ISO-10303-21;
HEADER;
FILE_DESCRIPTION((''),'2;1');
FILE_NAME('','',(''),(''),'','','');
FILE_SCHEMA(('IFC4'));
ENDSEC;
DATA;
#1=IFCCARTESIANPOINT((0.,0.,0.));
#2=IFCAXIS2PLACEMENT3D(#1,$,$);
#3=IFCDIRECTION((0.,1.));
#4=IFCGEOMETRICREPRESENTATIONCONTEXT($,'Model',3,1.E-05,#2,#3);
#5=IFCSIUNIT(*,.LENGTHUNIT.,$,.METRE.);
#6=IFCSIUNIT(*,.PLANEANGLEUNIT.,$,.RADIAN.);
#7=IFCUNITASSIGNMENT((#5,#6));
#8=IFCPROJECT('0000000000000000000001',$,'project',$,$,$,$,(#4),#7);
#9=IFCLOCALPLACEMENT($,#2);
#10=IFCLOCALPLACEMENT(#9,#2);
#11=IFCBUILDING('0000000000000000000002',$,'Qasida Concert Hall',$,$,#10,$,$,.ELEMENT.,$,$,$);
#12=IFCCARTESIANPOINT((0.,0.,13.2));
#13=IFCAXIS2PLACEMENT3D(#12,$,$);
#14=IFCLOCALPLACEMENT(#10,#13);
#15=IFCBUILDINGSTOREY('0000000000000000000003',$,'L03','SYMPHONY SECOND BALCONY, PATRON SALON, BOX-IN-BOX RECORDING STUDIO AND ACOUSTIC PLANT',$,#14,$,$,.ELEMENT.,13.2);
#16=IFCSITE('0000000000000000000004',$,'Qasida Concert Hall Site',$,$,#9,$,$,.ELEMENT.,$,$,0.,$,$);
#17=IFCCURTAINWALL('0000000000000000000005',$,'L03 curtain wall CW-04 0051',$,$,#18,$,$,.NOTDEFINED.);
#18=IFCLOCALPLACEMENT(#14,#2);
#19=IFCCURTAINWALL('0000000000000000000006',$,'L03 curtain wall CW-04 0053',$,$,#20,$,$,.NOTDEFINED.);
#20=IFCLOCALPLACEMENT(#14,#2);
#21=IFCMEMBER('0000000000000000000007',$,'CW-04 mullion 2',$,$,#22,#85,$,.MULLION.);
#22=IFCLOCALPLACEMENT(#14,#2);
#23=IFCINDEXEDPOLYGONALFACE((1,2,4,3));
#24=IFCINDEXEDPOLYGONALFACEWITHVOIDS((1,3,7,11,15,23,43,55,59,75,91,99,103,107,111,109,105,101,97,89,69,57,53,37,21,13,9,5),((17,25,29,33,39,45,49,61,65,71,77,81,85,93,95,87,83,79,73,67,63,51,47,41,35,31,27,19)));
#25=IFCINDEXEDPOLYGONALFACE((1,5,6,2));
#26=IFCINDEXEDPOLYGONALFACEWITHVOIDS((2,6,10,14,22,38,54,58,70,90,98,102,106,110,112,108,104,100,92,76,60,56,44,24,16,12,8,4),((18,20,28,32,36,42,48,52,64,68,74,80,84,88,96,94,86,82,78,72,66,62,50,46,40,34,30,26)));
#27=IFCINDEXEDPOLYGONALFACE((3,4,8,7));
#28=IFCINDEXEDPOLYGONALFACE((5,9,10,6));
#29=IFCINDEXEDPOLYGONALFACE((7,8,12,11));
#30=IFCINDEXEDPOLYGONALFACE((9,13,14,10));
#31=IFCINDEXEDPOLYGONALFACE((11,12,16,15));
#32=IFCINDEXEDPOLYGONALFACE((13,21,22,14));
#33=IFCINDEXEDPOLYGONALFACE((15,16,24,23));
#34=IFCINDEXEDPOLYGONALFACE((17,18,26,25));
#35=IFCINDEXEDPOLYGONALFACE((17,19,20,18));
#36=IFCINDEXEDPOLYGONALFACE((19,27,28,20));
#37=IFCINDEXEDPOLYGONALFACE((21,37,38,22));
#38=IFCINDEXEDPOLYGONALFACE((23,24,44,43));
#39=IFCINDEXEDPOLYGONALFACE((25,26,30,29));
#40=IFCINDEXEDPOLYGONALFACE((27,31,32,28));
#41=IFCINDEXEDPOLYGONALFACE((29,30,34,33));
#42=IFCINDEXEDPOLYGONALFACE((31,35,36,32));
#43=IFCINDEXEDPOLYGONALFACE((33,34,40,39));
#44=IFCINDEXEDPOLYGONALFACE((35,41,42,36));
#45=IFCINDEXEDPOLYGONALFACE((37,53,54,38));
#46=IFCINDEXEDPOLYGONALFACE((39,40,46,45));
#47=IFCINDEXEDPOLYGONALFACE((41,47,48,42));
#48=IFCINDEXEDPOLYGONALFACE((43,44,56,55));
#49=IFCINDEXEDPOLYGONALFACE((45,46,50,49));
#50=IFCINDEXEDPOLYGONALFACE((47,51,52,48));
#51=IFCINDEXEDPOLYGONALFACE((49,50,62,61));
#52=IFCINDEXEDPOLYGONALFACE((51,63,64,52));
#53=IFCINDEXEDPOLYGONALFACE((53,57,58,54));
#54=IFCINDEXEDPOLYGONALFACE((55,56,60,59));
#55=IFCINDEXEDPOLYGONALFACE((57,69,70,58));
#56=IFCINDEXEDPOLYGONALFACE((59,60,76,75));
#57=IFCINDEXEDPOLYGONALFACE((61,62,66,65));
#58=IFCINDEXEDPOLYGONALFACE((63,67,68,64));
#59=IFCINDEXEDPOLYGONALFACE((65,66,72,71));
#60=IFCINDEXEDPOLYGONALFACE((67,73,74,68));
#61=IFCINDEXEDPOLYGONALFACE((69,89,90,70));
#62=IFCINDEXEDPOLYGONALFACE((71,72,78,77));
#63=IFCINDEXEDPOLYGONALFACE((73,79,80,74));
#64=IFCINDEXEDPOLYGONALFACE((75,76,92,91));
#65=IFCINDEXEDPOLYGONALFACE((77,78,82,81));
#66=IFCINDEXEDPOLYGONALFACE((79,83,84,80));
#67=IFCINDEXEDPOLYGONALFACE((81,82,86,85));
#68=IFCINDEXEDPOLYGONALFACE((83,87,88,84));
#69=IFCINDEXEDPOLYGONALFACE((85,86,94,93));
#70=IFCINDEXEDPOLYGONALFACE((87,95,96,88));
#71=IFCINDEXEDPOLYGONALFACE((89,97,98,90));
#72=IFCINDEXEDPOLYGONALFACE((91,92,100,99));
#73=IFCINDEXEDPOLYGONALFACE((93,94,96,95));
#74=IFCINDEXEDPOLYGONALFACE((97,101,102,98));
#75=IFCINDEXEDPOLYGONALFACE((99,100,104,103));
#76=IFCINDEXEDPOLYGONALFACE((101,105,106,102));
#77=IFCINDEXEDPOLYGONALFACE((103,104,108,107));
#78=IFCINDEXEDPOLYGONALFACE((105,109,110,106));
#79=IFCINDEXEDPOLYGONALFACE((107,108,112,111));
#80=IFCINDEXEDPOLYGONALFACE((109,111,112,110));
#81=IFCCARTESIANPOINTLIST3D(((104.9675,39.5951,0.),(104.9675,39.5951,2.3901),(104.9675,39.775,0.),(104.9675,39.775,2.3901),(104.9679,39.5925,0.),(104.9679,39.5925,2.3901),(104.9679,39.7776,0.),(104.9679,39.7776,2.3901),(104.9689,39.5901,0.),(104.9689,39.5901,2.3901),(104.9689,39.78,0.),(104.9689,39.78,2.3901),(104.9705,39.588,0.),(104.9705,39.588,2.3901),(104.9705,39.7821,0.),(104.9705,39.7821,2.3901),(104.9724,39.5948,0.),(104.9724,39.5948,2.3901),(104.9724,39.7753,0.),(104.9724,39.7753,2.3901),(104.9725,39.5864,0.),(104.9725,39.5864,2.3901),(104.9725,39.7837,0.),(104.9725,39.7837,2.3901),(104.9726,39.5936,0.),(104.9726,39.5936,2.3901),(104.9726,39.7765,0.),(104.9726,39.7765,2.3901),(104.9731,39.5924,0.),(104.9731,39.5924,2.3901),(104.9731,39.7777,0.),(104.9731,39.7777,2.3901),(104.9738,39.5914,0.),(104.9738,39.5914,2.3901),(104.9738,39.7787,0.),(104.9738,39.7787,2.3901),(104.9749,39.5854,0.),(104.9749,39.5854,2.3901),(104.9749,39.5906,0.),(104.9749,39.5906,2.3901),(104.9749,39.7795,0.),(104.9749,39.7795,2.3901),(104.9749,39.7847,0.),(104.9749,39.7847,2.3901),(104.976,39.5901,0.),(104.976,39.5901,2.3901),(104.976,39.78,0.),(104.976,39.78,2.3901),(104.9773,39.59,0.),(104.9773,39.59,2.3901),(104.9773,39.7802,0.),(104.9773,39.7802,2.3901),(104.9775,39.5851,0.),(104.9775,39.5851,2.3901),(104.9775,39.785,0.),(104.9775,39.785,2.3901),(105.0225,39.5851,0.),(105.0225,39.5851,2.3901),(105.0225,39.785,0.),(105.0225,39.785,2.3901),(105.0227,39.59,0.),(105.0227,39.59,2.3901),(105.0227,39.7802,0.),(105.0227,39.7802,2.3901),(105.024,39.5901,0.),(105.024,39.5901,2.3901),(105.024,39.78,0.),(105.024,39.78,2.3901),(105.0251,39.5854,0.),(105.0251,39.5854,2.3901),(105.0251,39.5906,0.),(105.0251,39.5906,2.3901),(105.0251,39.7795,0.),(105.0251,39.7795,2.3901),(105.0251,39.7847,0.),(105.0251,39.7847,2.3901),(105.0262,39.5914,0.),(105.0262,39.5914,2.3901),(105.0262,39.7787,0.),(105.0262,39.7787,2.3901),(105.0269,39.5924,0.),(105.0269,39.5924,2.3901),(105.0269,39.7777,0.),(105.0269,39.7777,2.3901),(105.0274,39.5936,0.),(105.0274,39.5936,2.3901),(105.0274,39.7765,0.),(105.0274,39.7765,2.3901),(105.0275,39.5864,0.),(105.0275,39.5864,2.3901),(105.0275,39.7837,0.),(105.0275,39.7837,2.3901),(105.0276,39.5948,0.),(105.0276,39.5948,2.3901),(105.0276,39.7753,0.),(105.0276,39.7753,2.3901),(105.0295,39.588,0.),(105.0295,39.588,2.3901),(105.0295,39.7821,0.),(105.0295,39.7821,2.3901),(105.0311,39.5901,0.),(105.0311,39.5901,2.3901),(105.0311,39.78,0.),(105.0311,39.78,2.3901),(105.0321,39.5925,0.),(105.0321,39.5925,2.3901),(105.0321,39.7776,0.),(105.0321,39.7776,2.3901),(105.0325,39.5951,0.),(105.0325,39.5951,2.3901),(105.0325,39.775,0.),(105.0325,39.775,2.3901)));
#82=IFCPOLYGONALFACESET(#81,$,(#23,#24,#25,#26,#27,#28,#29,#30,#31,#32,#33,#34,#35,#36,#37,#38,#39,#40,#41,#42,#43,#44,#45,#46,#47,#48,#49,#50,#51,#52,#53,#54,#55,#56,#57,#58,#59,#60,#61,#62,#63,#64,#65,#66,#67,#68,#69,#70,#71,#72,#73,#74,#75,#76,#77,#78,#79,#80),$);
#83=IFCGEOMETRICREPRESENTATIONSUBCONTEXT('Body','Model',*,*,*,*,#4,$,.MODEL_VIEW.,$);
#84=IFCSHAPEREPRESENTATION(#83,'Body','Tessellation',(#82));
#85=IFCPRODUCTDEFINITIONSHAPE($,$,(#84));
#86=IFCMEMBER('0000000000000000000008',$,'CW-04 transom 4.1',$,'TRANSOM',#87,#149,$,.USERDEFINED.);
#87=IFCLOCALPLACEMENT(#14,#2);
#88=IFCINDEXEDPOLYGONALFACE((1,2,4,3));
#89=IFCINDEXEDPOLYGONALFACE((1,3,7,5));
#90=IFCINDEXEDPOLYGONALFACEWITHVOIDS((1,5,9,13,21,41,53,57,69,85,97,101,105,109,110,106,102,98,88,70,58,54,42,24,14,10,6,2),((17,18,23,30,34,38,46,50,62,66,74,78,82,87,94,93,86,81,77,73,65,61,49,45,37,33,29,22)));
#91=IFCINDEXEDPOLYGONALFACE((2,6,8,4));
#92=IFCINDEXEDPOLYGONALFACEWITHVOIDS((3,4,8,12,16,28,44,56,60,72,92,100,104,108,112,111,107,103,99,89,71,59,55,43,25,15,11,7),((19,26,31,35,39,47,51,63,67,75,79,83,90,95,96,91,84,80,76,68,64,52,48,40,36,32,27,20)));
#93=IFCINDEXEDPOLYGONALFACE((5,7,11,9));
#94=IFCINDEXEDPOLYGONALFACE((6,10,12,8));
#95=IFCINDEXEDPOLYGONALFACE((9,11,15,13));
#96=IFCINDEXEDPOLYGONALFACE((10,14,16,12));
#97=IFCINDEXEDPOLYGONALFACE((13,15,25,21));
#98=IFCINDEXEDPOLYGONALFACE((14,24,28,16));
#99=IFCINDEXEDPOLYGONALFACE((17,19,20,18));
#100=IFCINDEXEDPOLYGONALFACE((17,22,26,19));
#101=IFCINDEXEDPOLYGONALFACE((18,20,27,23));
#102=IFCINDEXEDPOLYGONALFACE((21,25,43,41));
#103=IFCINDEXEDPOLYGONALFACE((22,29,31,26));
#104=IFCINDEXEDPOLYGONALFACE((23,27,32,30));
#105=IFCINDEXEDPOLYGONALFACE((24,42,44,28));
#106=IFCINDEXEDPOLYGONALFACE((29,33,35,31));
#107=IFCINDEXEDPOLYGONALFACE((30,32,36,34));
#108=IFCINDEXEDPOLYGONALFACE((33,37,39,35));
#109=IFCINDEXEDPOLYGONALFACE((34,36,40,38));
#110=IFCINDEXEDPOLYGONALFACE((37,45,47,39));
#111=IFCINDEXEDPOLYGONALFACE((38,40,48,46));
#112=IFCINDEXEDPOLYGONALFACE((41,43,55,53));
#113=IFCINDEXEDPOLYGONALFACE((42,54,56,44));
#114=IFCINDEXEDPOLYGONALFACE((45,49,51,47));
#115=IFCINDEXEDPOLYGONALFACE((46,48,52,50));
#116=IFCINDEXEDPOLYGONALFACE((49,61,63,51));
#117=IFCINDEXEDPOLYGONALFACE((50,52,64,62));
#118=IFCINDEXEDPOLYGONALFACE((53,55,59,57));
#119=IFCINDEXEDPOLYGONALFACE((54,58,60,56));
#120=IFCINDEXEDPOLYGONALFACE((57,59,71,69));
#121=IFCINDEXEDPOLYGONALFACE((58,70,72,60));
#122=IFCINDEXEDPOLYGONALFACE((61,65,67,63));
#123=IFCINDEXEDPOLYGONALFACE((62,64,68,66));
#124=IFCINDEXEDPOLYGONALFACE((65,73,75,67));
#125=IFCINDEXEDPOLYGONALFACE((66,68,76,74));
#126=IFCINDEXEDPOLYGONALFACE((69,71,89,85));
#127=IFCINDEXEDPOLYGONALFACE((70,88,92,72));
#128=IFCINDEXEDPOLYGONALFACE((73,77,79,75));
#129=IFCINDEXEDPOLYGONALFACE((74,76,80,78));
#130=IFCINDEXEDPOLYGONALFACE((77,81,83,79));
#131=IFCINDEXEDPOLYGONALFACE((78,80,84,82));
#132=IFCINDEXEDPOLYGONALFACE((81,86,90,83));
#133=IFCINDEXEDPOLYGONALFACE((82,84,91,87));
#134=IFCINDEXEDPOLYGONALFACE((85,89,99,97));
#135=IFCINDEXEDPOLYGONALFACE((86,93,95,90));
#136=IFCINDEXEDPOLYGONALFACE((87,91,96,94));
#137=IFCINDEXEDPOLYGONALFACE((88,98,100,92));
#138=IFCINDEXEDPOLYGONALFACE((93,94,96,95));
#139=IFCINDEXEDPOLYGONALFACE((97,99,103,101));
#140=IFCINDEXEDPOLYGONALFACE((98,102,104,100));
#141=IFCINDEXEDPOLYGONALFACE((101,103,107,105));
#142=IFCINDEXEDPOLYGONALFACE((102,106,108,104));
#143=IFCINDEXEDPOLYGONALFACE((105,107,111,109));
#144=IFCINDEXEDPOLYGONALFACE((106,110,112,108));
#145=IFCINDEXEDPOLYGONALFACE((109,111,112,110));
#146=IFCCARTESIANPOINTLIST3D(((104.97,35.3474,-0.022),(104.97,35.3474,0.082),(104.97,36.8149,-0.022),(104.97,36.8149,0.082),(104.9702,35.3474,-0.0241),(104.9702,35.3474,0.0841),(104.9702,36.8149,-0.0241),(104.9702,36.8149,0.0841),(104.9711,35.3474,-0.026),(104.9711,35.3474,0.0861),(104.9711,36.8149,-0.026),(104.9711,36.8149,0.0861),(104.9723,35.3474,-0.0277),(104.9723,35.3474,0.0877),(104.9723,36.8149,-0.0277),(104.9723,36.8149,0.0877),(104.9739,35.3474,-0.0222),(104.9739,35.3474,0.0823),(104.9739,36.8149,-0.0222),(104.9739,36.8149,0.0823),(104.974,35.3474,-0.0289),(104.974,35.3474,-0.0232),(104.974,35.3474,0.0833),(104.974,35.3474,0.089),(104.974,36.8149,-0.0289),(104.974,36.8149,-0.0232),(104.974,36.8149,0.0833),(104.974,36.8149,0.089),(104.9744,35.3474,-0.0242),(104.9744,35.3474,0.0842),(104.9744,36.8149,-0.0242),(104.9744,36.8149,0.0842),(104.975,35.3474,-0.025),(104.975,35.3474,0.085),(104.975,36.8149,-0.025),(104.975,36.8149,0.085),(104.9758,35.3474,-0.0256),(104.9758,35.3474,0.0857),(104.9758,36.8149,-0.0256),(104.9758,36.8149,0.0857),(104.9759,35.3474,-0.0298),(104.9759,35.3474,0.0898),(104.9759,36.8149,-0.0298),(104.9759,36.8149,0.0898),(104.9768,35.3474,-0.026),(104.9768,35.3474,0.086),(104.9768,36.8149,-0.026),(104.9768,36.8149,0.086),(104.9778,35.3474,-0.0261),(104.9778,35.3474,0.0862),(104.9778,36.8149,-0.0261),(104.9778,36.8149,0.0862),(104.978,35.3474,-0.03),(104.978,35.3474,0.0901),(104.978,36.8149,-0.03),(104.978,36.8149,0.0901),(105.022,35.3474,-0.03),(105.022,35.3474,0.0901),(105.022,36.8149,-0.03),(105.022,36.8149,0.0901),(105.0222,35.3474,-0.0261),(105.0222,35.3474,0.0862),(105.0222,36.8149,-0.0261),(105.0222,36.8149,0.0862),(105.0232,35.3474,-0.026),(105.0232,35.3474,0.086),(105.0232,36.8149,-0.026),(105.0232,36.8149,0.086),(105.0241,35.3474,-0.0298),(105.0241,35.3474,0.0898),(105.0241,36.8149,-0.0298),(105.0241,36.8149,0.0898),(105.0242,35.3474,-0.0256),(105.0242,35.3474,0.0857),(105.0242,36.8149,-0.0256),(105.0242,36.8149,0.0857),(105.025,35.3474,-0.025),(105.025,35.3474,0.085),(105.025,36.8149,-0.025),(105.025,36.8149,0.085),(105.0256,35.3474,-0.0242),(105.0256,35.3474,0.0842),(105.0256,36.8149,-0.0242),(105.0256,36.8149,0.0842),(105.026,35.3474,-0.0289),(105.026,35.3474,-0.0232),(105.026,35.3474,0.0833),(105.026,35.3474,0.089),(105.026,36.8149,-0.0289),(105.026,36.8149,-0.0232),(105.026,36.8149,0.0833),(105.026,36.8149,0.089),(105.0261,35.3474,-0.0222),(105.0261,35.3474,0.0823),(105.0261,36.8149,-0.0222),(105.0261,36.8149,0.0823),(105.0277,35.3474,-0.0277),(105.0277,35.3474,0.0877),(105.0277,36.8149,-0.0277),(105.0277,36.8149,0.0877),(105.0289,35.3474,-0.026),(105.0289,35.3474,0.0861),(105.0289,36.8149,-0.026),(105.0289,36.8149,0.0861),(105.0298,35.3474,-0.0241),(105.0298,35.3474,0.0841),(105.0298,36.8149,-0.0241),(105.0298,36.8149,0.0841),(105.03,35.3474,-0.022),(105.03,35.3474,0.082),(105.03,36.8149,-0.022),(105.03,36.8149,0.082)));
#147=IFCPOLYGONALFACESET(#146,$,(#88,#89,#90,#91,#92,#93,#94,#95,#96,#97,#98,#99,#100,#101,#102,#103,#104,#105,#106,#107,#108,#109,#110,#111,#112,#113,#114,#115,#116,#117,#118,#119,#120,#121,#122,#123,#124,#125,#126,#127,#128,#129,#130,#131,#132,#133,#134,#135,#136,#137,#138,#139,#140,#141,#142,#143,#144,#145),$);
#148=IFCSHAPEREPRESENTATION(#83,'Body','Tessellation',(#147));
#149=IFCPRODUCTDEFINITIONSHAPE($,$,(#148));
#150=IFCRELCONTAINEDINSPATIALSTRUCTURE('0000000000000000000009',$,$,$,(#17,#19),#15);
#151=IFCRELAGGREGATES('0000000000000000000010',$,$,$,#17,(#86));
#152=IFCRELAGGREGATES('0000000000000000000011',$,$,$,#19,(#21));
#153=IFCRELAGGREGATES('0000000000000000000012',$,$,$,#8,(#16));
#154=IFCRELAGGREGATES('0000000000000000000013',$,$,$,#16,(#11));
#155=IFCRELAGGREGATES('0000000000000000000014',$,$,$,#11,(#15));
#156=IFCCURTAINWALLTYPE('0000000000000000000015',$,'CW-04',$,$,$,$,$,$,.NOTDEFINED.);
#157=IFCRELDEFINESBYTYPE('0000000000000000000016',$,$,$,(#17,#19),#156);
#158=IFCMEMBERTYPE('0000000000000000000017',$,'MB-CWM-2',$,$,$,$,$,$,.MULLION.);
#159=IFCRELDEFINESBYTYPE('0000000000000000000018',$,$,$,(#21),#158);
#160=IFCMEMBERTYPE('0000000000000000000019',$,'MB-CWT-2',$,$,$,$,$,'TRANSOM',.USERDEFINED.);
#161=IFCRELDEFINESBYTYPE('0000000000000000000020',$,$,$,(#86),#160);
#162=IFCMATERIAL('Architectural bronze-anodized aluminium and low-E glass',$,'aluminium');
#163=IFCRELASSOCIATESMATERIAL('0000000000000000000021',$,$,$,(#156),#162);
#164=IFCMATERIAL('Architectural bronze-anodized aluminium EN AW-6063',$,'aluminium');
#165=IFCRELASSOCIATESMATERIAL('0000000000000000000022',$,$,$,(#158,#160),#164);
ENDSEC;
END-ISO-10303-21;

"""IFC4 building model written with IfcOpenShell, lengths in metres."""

from ifc_helpers import new_model, si_unit, direction, frame, origin, origin_2d, place, context, subcontext, project, spatial, hollow_rectangle, extrude, material, material_profile, profile_set, type_object, element, aggregate, save


model = new_model("IFC4")

# Units and contexts
model_context = context("Model", 3, precision=1e-05, world=origin(), true_north=direction((0.0, 1.0)))
body_context = subcontext(model_context, "Body", "Model", "MODEL_VIEW")
ifc_project = project(units=[si_unit("LENGTHUNIT", "METRE"), si_unit("PLANEANGLEUNIT", "RADIAN")], contexts=[model_context])

# Site, building, storey
site_placement = place(None, origin())
site = spatial("IfcSite", under=ifc_project, at=site_placement, Name="Qasida Concert Hall Site", CompositionType="ELEMENT", RefElevation=0.0)
building_placement = place(site_placement, origin())
building = spatial("IfcBuilding", under=site, at=building_placement, Name="Qasida Concert Hall", CompositionType="ELEMENT")
storey_placement = place(building_placement, frame((0.0, 0.0, 13.2)))
storey = spatial("IfcBuildingStorey", under=building, at=storey_placement, Name="L03", Description="SYMPHONY SECOND BALCONY, PATRON SALON, BOX-IN-BOX RECORDING STUDIO AND ACOUSTIC PLANT", CompositionType="ELEMENT", Elevation=13.2)

# Curtain walls, member
ifc_material_1 = material(Name="Architectural bronze-anodized aluminium and low-E glass", Category="aluminium")
curtain_wall_type = type_object("IfcCurtainWallType", Name="CW-04", PredefinedType="NOTDEFINED", material=ifc_material_1)
curtain_wall_1_placement = place(storey_placement, origin())
curtain_wall_1 = element("IfcCurtainWall", 1, at=curtain_wall_1_placement, inside=storey, type_object=curtain_wall_type, Name="L03 curtain wall CW-04 0051", PredefinedType="NOTDEFINED")
ifc_material_2 = material(Name="Architectural bronze-anodized aluminium EN AW-6063", Category="aluminium")
ifc_material_profile_1 = material_profile(ifc_material_2, hollow_rectangle(XDim=0.0649, YDim=0.2, WallThickness=0.0049, InnerFilletRadius=0.0049, OuterFilletRadius=0.01, at=origin_2d()), Name="CWM 200x65x5")
ifc_profile_set_1 = profile_set([ifc_material_profile_1], Name="Architectural bronze-anodized aluminium EN AW-6063")
member_type_1 = type_object("IfcMemberType", Name="MB-CWM-2", PredefinedType="MULLION", material=ifc_profile_set_1)
curtain_wall_2_placement = place(storey_placement, origin())
curtain_wall_2 = element("IfcCurtainWall", 2, at=curtain_wall_2_placement, inside=storey, type_object=curtain_wall_type, Name="L03 curtain wall CW-04 0053", PredefinedType="NOTDEFINED")
member_1_placement = place(storey_placement, frame((105.0, 39.6851, 0.0), z_axis=(0.0, 0.0, 1.0), x_axis=(-1.0, 0.0, 0.0)))
member_1 = element("IfcMember", 3, at=member_1_placement, type_object=member_type_1, Name="CW-04 mullion 2", PredefinedType="MULLION", context=body_context, shape_type="SweptSolid", body=[
    extrude(hollow_rectangle(XDim=0.0649, YDim=0.2, WallThickness=0.0049, InnerFilletRadius=0.0049, OuterFilletRadius=0.01, at=origin_2d()), origin(), (0.0, 0.0, 1.0), 2.3901),
])

# Member
ifc_material_profile_2 = material_profile(ifc_material_2, hollow_rectangle(XDim=0.0601, YDim=0.1201, WallThickness=0.0039, InnerFilletRadius=0.0039, OuterFilletRadius=0.0081, at=origin_2d()), Name="CWT 120x60x4")
ifc_profile_set_2 = profile_set([ifc_material_profile_2], Name="Architectural bronze-anodized aluminium EN AW-6063")
member_type_2 = type_object("IfcMemberType", Name="MB-CWT-2", ElementType="TRANSOM", PredefinedType="USERDEFINED", material=ifc_profile_set_2)
member_2_placement = place(storey_placement, frame((105.0, 35.3474, 0.03), z_axis=(0.0, 1.0, 0.0), x_axis=(-1.0, 0.0, 0.0)))
member_2 = element("IfcMember", 4, at=member_2_placement, type_object=member_type_2, Name="CW-04 transom 4.1", ObjectType="TRANSOM", PredefinedType="USERDEFINED", context=body_context, shape_type="SweptSolid", body=[
    extrude(hollow_rectangle(XDim=0.0601, YDim=0.1201, WallThickness=0.0039, InnerFilletRadius=0.0039, OuterFilletRadius=0.0081, at=origin_2d()), origin(), (0.0, 0.0, 1.0), 1.4675),
])

aggregate(curtain_wall_1, [member_2])
aggregate(curtain_wall_2, [member_1])

save(model, "model.ifc")
